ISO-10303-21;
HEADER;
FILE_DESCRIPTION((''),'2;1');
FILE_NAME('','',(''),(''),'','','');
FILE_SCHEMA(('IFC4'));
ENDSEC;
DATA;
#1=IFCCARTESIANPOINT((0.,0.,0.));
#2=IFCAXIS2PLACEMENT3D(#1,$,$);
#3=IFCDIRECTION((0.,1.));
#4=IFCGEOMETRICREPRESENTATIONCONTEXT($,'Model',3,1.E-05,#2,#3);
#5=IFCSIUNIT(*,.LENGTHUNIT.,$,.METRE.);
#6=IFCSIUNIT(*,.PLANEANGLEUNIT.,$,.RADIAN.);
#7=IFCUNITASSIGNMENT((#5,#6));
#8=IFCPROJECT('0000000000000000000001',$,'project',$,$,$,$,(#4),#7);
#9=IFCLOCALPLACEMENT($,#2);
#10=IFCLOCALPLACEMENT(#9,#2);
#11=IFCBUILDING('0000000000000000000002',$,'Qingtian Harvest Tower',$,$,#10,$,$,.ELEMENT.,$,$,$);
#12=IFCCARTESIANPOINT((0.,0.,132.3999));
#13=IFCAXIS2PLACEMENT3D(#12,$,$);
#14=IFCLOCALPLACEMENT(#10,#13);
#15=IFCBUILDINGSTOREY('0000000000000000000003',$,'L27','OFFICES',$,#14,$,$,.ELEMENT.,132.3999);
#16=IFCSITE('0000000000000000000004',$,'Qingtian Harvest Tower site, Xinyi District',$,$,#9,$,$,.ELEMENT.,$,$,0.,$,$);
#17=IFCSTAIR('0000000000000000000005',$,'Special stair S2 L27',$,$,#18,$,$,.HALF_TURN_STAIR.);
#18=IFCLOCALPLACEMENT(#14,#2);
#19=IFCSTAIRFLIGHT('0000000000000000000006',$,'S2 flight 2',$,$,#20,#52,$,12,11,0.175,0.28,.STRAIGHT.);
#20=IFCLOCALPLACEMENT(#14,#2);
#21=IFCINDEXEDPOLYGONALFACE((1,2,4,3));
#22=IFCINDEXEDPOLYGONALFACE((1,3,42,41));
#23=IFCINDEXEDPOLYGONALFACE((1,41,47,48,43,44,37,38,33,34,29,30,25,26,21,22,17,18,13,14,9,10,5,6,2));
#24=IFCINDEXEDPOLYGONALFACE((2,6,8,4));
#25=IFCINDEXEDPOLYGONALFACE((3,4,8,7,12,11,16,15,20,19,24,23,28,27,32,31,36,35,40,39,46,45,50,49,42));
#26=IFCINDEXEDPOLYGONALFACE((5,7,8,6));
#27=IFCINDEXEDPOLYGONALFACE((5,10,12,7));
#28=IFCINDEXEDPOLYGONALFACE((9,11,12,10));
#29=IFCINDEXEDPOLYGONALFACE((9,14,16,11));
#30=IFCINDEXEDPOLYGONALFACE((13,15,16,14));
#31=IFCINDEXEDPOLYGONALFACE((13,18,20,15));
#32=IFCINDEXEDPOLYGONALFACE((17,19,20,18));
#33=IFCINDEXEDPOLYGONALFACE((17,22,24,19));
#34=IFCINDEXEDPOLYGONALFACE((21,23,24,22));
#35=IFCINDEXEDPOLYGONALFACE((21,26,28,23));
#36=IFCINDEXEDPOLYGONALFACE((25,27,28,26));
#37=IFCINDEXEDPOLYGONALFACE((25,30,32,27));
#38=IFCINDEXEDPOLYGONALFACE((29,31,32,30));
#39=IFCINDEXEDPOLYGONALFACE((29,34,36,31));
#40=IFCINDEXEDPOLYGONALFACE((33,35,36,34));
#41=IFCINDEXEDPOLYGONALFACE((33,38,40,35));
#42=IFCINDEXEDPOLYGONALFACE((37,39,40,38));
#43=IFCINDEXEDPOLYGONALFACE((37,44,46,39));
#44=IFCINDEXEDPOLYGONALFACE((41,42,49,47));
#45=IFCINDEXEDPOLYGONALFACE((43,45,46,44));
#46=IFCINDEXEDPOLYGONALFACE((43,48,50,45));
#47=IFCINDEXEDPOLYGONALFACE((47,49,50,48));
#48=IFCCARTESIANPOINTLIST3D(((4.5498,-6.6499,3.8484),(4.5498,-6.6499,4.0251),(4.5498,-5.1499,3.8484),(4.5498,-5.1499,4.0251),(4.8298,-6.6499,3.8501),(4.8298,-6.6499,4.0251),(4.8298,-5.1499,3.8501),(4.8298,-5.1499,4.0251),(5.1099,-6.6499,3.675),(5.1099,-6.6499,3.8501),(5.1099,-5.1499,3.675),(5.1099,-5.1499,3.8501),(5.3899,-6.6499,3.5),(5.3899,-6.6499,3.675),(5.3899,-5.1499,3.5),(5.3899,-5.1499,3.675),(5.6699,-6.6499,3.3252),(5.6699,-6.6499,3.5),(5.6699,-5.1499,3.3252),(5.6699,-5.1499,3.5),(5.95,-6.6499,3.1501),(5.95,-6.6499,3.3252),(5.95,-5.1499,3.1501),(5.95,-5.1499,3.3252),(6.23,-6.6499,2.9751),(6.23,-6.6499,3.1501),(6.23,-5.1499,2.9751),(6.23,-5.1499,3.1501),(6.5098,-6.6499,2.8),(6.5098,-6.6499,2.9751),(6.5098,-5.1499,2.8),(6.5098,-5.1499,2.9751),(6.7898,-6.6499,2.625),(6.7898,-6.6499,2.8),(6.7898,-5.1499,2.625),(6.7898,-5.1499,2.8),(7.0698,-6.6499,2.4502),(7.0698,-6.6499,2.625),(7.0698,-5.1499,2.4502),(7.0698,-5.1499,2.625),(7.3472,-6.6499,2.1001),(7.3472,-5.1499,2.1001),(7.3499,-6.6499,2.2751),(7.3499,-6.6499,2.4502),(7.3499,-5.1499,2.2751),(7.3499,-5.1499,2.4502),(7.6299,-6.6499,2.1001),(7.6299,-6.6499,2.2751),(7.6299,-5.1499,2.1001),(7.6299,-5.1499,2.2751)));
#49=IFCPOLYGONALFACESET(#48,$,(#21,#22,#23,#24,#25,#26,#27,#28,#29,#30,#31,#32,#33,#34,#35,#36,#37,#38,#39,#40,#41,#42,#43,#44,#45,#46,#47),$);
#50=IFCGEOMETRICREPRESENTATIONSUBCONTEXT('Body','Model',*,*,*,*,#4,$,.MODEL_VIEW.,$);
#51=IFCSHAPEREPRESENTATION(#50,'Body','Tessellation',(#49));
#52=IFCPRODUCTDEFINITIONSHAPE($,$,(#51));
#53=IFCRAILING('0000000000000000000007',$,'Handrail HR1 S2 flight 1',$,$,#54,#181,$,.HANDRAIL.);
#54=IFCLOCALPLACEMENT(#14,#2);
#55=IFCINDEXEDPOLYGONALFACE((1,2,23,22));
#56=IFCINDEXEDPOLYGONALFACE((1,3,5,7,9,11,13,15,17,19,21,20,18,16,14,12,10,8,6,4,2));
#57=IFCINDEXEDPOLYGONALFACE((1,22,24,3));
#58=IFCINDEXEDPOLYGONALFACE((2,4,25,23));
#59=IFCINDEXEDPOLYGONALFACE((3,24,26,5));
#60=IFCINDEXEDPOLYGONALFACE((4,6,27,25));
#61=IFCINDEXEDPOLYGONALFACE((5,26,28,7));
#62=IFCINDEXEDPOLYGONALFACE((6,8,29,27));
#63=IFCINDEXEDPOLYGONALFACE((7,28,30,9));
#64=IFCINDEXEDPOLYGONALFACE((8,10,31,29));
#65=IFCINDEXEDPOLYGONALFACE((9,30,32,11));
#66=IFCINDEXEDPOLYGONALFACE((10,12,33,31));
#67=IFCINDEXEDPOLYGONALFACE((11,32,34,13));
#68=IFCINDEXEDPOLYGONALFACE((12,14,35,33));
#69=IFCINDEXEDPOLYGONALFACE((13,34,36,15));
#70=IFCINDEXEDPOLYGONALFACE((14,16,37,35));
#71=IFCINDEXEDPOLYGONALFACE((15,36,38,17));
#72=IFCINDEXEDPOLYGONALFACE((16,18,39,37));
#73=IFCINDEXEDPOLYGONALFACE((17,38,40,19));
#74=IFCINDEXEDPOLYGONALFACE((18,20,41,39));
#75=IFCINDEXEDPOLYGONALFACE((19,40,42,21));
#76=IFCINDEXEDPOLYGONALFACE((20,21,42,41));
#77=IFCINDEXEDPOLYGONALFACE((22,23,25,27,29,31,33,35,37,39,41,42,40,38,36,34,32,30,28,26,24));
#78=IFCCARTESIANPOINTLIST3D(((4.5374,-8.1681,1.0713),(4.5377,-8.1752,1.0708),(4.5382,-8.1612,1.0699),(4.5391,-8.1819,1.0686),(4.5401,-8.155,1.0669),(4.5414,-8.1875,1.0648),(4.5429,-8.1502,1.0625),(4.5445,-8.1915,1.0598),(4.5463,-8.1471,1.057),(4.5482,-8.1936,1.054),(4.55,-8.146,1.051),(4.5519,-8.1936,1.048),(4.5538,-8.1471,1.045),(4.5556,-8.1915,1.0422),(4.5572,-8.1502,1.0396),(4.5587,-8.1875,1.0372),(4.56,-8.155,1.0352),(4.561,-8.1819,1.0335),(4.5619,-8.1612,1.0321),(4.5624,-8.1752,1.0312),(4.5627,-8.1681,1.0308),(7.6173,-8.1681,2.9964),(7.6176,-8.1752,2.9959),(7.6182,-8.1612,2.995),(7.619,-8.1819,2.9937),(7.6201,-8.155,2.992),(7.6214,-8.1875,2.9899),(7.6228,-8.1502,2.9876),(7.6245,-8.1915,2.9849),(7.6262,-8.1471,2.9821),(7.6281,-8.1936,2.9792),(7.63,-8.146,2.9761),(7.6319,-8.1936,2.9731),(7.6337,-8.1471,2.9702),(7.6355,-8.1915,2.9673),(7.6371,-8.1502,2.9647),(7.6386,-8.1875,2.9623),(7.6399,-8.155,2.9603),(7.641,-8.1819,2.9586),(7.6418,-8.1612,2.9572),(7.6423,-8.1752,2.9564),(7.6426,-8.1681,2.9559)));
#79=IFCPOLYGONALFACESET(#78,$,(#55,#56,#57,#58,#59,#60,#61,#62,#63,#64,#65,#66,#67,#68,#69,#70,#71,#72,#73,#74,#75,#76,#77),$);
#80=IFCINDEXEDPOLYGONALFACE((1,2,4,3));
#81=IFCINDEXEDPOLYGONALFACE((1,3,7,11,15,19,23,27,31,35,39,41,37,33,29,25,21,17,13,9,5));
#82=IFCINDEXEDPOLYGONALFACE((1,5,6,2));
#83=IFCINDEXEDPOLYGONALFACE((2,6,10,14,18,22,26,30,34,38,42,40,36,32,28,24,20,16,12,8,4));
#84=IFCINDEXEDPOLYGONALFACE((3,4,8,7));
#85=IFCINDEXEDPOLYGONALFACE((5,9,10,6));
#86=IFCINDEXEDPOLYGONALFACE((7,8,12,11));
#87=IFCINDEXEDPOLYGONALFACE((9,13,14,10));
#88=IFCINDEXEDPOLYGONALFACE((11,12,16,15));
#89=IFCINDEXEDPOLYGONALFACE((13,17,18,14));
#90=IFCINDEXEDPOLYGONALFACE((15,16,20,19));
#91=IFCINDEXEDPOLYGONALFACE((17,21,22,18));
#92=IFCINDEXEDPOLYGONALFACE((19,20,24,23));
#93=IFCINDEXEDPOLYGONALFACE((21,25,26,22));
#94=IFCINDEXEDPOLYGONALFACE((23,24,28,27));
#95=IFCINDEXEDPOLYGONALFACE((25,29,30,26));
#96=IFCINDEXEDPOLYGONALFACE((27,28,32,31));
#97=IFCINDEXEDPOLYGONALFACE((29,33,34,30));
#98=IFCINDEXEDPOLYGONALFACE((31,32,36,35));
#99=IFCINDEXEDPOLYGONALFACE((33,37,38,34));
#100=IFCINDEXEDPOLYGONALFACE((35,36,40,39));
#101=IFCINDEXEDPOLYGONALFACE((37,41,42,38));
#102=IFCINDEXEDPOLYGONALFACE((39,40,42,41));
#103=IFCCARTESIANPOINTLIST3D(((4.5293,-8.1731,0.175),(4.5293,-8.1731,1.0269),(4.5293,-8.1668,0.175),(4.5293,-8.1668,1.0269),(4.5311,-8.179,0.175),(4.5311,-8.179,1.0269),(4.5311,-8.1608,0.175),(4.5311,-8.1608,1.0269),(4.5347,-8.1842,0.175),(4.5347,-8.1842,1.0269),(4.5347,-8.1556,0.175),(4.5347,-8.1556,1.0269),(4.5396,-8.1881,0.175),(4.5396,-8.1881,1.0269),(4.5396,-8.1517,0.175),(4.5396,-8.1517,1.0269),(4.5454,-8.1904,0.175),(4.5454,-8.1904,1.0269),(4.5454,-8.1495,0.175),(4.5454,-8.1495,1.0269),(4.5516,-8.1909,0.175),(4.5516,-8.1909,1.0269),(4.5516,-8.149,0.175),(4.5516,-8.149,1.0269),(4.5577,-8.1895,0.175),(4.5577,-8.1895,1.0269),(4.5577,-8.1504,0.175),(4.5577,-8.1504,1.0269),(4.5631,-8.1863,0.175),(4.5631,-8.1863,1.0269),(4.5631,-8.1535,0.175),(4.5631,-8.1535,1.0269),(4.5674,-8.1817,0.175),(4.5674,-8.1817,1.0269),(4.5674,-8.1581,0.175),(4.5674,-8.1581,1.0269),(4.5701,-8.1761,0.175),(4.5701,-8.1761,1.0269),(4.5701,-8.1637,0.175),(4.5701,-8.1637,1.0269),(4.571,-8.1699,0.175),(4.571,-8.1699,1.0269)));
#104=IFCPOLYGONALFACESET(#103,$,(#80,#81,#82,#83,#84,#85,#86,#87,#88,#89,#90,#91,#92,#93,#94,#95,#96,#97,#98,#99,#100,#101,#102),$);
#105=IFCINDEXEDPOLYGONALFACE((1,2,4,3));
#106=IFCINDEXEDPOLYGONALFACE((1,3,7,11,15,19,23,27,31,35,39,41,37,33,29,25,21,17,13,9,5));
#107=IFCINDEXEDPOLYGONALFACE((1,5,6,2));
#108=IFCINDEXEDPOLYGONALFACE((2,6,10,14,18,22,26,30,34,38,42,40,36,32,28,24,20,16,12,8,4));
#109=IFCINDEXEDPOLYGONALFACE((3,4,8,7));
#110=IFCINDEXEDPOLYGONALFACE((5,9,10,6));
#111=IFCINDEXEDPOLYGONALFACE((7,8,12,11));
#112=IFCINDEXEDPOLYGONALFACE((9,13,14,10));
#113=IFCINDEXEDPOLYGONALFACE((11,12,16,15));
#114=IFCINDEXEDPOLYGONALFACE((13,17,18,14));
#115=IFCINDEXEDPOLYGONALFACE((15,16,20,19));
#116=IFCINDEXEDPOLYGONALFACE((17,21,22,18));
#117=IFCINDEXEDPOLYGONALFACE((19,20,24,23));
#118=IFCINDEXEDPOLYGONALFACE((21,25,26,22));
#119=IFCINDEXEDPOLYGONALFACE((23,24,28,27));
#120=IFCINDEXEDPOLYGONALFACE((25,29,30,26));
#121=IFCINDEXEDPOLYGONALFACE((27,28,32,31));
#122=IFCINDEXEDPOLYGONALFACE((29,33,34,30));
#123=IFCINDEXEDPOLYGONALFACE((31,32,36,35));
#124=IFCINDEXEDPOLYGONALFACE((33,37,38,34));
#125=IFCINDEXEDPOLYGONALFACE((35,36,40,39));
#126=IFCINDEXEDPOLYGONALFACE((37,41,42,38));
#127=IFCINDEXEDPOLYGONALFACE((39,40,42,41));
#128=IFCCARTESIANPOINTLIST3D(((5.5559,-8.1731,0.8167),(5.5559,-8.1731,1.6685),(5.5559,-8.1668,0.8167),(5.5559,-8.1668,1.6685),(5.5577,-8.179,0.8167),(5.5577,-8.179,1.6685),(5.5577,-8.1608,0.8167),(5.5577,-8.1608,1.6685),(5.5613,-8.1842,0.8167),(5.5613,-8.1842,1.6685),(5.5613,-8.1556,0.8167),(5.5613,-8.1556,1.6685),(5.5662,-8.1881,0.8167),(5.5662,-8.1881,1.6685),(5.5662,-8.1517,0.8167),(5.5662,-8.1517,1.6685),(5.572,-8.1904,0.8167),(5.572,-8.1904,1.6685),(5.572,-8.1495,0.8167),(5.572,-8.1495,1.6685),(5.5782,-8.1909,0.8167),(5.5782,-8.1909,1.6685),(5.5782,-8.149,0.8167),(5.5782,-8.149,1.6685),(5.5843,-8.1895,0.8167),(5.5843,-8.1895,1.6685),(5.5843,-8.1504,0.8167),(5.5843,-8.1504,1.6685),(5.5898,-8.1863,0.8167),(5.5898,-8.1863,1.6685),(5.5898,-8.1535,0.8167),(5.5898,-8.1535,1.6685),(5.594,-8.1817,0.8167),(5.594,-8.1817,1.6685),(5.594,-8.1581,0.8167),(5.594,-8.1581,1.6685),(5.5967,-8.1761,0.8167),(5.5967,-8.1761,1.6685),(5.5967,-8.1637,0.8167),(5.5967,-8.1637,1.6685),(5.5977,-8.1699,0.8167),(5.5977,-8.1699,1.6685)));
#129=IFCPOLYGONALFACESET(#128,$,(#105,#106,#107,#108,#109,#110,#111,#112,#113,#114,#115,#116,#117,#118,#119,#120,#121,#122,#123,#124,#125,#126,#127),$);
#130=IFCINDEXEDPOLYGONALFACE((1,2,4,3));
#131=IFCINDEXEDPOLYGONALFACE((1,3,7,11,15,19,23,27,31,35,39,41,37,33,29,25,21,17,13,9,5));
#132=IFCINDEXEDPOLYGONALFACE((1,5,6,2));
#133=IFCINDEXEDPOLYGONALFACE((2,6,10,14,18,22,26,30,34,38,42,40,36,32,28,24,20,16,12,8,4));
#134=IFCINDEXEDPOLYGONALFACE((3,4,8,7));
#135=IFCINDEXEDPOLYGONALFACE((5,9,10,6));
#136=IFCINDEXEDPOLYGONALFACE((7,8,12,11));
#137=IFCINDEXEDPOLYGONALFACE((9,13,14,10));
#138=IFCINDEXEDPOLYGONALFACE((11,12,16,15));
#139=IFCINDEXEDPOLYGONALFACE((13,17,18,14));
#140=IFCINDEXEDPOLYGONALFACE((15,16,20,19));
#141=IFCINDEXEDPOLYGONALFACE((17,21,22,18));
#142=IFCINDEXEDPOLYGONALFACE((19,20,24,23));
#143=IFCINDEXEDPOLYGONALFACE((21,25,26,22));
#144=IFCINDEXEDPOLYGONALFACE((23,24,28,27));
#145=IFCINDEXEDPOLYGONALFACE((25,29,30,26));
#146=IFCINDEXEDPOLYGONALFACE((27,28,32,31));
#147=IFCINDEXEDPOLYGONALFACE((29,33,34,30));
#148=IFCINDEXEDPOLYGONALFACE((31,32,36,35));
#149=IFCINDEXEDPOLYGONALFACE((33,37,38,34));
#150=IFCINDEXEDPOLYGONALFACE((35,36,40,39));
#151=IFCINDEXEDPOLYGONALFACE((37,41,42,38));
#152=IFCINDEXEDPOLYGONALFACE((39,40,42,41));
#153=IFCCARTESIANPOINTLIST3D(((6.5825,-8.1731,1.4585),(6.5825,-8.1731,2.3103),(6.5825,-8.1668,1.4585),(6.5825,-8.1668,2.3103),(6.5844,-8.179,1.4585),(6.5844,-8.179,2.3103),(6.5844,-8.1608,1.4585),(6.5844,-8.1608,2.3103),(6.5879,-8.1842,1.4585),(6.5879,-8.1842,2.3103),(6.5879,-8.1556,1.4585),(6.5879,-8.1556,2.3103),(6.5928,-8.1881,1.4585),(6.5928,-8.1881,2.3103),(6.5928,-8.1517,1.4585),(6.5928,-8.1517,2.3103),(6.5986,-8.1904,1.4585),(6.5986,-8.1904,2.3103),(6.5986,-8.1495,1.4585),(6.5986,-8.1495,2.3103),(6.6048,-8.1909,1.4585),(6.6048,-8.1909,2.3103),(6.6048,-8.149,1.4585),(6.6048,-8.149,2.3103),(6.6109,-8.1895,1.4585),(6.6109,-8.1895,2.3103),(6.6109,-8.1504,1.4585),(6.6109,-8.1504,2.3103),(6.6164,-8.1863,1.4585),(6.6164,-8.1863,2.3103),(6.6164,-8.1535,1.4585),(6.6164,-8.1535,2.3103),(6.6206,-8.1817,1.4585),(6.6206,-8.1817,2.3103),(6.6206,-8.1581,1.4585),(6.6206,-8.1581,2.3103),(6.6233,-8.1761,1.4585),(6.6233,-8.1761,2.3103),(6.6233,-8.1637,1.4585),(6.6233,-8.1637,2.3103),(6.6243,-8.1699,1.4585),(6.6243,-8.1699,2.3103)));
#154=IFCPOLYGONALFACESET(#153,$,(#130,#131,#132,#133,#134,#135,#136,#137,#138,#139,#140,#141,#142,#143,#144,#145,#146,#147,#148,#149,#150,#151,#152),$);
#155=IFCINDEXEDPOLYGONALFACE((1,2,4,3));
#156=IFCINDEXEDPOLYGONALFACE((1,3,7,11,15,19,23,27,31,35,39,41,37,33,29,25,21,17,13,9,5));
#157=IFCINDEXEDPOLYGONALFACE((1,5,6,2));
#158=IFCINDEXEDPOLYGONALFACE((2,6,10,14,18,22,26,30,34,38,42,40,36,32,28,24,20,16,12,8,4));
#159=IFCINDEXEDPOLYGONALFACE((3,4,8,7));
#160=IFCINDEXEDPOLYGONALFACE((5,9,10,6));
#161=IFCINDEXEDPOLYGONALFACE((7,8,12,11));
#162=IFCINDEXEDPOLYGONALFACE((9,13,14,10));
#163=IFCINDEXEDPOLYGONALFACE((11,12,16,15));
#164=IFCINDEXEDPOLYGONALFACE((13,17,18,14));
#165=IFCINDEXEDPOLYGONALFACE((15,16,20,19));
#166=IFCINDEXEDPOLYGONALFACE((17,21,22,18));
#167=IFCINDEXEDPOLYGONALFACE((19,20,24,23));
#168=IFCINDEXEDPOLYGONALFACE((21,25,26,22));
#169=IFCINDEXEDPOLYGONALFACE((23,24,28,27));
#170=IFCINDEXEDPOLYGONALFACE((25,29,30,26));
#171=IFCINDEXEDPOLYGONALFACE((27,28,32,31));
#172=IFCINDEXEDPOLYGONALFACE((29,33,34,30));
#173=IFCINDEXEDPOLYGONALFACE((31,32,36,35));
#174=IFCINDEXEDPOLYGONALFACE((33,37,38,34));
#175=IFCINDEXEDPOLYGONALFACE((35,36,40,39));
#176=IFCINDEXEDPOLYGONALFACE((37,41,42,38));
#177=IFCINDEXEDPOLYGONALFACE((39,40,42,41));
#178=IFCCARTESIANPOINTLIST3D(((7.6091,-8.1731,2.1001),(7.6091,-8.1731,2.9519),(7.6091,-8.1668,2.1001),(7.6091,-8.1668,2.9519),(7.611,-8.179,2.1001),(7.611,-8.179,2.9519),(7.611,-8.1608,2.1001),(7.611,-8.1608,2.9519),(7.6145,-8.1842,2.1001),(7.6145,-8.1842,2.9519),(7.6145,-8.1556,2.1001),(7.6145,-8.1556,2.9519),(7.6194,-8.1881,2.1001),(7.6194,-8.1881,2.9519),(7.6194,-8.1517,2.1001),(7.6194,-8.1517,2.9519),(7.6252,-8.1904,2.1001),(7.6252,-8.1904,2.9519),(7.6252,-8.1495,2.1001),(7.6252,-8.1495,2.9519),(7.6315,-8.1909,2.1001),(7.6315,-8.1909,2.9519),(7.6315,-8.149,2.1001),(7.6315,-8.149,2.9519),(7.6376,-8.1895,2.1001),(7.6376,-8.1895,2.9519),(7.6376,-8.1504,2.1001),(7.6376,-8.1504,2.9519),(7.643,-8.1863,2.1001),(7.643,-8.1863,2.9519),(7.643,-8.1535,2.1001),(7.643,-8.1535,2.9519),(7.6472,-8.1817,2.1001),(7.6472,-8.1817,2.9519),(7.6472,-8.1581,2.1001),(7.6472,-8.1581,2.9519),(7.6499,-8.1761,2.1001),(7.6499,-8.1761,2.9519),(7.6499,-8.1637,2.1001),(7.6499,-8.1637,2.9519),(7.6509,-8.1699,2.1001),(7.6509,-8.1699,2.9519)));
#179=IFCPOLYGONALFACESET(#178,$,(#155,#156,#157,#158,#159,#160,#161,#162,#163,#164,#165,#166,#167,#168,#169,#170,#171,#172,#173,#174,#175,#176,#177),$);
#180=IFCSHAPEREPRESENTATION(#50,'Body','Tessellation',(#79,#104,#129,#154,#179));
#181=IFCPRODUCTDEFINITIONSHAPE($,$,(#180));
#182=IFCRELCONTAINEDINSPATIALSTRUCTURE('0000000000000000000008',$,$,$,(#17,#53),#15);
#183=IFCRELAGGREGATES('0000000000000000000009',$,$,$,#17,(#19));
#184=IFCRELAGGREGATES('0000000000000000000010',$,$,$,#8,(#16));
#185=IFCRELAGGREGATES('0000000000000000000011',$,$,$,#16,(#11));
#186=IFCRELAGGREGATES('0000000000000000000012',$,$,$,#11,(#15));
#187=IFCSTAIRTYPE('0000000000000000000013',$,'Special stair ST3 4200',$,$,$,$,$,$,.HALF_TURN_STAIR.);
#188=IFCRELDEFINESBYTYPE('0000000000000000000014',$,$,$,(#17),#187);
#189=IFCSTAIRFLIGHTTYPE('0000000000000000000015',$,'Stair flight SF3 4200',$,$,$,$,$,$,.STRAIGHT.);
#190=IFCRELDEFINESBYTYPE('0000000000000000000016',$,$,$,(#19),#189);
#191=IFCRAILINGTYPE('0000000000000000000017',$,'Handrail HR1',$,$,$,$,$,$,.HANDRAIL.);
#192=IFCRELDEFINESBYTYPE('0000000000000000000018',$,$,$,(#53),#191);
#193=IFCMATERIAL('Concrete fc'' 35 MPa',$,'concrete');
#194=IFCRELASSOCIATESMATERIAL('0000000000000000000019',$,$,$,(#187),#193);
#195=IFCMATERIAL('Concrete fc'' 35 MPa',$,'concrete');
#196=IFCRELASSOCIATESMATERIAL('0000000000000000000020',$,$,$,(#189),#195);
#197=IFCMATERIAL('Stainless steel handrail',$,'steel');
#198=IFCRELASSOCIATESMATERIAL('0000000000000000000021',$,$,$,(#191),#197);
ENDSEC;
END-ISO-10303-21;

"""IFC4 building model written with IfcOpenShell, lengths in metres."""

from ifc_helpers import new_model, si_unit, direction, frame, origin, origin_2d, place, context, subcontext, project, spatial, polyline, circle, outline, extrude, material, type_object, element, aggregate, save


model = new_model("IFC4")

# Units and contexts
model_context = context("Model", 3, precision=1e-05, world=origin(), true_north=direction((0.0, 1.0)))
body_context = subcontext(model_context, "Body", "Model", "MODEL_VIEW")
ifc_project = project(units=[si_unit("LENGTHUNIT", "METRE"), si_unit("PLANEANGLEUNIT", "RADIAN")], contexts=[model_context])

# Site, building, storey
site_placement = place(None, origin())
site = spatial("IfcSite", under=ifc_project, at=site_placement, Name="Qingtian Harvest Tower site, Xinyi District", CompositionType="ELEMENT", RefElevation=0.0)
building_placement = place(site_placement, origin())
building = spatial("IfcBuilding", under=site, at=building_placement, Name="Qingtian Harvest Tower", CompositionType="ELEMENT")
storey_placement = place(building_placement, frame((0.0, 0.0, 132.3999)))
storey = spatial("IfcBuildingStorey", under=building, at=storey_placement, Name="L27", Description="OFFICES", CompositionType="ELEMENT", Elevation=132.3999)

# Stair, stair flight
ifc_material_1 = material(Name="Concrete fc' 35 MPa", Category="concrete")
stair_type = type_object("IfcStairType", Name="Special stair ST3 4200", PredefinedType="HALF_TURN_STAIR", material=ifc_material_1)
stair_placement = place(storey_placement, origin())
stair = element("IfcStair", 1, at=stair_placement, inside=storey, type_object=stair_type, Name="Special stair S2 L27", PredefinedType="HALF_TURN_STAIR")
ifc_material_2 = material(Name="Concrete fc' 35 MPa", Category="concrete")
stair_flight_type = type_object("IfcStairFlightType", Name="Stair flight SF3 4200", PredefinedType="STRAIGHT", material=ifc_material_2)
stair_flight_1_placement = place(storey_placement, frame((7.6299, -5.8999, 2.1001), z_axis=(0.0, 0.0, 1.0), x_axis=(-1.0, 0.0, 0.0)))
stair_flight_1 = element("IfcStairFlight", 2, at=stair_flight_1_placement, type_object=stair_flight_type, Name="S2 flight 2", NumberOfRisers=12, NumberOfTreads=11, PredefinedType="STRAIGHT", RiserHeight=0.175, TreadLength=0.28, context=body_context, shape_type="SweptSolid", body=[
    extrude(outline(polyline([(0.0, 0.0), (0.0, 0.175), (0.28, 0.175), (0.28, 0.3501), (0.5601, 0.3501), (0.5601, 0.5249), (0.8401, 0.5249), (0.8401, 0.7), (1.1201, 0.7), (1.1201, 0.875), (1.3999, 0.875), (1.3999, 1.05), (1.6799, 1.05), (1.6799, 1.2251), (1.96, 1.2251), (1.96, 1.3999), (2.24, 1.3999), (2.24, 1.575), (2.52, 1.575), (2.52, 1.75), (2.8, 1.75), (2.8, 1.925), (3.0801, 1.925), (3.0801, 2.1001), (3.0801, 1.7483), (0.2827, 0.0), (0.0, 0.0)])), frame((0.0, 0.75, 0.0), z_axis=(0.0, -1.0, 0.0), x_axis=(1.0, 0.0, 0.0)), (0.0, 0.0, 1.0), 1.5),
])
aggregate(stair, [stair_flight_1])

# Railing
ifc_material_3 = material(Name="Stainless steel handrail", Category="steel")
railing_type = type_object("IfcRailingType", Name="Handrail HR1", PredefinedType="HANDRAIL", material=ifc_material_3)
railing_1_placement = place(storey_placement, frame((4.55, -8.1699, 0.175)))
element("IfcRailing", 3, at=railing_1_placement, inside=storey, type_object=railing_type, Name="Handrail HR1 S2 flight 1", PredefinedType="HANDRAIL", context=body_context, shape_type="SweptSolid", body=[
    extrude(circle(Radius=0.0239, at=origin_2d()), frame((0.0, 0.0, 0.876), z_axis=(0.847979, 0.0, 0.530029), x_axis=(0.0, 1.0, 0.0)), (0.0, 0.0, 1.0), 3.6321),
    extrude(circle(Radius=0.021, at=origin_2d()), origin(), (0.0, 0.0, 1.0), 0.8518),
    extrude(circle(Radius=0.021, at=origin_2d()), frame((1.0266, 0.0, 0.6416)), (0.0, 0.0, 1.0), 0.8518),
    extrude(circle(Radius=0.021, at=origin_2d()), frame((2.0532, 0.0, 1.2834)), (0.0, 0.0, 1.0), 0.8518),
    extrude(circle(Radius=0.021, at=origin_2d()), frame((3.0798, 0.0, 1.925)), (0.0, 0.0, 1.0), 0.8518),
])

save(model, "model.ifc")
